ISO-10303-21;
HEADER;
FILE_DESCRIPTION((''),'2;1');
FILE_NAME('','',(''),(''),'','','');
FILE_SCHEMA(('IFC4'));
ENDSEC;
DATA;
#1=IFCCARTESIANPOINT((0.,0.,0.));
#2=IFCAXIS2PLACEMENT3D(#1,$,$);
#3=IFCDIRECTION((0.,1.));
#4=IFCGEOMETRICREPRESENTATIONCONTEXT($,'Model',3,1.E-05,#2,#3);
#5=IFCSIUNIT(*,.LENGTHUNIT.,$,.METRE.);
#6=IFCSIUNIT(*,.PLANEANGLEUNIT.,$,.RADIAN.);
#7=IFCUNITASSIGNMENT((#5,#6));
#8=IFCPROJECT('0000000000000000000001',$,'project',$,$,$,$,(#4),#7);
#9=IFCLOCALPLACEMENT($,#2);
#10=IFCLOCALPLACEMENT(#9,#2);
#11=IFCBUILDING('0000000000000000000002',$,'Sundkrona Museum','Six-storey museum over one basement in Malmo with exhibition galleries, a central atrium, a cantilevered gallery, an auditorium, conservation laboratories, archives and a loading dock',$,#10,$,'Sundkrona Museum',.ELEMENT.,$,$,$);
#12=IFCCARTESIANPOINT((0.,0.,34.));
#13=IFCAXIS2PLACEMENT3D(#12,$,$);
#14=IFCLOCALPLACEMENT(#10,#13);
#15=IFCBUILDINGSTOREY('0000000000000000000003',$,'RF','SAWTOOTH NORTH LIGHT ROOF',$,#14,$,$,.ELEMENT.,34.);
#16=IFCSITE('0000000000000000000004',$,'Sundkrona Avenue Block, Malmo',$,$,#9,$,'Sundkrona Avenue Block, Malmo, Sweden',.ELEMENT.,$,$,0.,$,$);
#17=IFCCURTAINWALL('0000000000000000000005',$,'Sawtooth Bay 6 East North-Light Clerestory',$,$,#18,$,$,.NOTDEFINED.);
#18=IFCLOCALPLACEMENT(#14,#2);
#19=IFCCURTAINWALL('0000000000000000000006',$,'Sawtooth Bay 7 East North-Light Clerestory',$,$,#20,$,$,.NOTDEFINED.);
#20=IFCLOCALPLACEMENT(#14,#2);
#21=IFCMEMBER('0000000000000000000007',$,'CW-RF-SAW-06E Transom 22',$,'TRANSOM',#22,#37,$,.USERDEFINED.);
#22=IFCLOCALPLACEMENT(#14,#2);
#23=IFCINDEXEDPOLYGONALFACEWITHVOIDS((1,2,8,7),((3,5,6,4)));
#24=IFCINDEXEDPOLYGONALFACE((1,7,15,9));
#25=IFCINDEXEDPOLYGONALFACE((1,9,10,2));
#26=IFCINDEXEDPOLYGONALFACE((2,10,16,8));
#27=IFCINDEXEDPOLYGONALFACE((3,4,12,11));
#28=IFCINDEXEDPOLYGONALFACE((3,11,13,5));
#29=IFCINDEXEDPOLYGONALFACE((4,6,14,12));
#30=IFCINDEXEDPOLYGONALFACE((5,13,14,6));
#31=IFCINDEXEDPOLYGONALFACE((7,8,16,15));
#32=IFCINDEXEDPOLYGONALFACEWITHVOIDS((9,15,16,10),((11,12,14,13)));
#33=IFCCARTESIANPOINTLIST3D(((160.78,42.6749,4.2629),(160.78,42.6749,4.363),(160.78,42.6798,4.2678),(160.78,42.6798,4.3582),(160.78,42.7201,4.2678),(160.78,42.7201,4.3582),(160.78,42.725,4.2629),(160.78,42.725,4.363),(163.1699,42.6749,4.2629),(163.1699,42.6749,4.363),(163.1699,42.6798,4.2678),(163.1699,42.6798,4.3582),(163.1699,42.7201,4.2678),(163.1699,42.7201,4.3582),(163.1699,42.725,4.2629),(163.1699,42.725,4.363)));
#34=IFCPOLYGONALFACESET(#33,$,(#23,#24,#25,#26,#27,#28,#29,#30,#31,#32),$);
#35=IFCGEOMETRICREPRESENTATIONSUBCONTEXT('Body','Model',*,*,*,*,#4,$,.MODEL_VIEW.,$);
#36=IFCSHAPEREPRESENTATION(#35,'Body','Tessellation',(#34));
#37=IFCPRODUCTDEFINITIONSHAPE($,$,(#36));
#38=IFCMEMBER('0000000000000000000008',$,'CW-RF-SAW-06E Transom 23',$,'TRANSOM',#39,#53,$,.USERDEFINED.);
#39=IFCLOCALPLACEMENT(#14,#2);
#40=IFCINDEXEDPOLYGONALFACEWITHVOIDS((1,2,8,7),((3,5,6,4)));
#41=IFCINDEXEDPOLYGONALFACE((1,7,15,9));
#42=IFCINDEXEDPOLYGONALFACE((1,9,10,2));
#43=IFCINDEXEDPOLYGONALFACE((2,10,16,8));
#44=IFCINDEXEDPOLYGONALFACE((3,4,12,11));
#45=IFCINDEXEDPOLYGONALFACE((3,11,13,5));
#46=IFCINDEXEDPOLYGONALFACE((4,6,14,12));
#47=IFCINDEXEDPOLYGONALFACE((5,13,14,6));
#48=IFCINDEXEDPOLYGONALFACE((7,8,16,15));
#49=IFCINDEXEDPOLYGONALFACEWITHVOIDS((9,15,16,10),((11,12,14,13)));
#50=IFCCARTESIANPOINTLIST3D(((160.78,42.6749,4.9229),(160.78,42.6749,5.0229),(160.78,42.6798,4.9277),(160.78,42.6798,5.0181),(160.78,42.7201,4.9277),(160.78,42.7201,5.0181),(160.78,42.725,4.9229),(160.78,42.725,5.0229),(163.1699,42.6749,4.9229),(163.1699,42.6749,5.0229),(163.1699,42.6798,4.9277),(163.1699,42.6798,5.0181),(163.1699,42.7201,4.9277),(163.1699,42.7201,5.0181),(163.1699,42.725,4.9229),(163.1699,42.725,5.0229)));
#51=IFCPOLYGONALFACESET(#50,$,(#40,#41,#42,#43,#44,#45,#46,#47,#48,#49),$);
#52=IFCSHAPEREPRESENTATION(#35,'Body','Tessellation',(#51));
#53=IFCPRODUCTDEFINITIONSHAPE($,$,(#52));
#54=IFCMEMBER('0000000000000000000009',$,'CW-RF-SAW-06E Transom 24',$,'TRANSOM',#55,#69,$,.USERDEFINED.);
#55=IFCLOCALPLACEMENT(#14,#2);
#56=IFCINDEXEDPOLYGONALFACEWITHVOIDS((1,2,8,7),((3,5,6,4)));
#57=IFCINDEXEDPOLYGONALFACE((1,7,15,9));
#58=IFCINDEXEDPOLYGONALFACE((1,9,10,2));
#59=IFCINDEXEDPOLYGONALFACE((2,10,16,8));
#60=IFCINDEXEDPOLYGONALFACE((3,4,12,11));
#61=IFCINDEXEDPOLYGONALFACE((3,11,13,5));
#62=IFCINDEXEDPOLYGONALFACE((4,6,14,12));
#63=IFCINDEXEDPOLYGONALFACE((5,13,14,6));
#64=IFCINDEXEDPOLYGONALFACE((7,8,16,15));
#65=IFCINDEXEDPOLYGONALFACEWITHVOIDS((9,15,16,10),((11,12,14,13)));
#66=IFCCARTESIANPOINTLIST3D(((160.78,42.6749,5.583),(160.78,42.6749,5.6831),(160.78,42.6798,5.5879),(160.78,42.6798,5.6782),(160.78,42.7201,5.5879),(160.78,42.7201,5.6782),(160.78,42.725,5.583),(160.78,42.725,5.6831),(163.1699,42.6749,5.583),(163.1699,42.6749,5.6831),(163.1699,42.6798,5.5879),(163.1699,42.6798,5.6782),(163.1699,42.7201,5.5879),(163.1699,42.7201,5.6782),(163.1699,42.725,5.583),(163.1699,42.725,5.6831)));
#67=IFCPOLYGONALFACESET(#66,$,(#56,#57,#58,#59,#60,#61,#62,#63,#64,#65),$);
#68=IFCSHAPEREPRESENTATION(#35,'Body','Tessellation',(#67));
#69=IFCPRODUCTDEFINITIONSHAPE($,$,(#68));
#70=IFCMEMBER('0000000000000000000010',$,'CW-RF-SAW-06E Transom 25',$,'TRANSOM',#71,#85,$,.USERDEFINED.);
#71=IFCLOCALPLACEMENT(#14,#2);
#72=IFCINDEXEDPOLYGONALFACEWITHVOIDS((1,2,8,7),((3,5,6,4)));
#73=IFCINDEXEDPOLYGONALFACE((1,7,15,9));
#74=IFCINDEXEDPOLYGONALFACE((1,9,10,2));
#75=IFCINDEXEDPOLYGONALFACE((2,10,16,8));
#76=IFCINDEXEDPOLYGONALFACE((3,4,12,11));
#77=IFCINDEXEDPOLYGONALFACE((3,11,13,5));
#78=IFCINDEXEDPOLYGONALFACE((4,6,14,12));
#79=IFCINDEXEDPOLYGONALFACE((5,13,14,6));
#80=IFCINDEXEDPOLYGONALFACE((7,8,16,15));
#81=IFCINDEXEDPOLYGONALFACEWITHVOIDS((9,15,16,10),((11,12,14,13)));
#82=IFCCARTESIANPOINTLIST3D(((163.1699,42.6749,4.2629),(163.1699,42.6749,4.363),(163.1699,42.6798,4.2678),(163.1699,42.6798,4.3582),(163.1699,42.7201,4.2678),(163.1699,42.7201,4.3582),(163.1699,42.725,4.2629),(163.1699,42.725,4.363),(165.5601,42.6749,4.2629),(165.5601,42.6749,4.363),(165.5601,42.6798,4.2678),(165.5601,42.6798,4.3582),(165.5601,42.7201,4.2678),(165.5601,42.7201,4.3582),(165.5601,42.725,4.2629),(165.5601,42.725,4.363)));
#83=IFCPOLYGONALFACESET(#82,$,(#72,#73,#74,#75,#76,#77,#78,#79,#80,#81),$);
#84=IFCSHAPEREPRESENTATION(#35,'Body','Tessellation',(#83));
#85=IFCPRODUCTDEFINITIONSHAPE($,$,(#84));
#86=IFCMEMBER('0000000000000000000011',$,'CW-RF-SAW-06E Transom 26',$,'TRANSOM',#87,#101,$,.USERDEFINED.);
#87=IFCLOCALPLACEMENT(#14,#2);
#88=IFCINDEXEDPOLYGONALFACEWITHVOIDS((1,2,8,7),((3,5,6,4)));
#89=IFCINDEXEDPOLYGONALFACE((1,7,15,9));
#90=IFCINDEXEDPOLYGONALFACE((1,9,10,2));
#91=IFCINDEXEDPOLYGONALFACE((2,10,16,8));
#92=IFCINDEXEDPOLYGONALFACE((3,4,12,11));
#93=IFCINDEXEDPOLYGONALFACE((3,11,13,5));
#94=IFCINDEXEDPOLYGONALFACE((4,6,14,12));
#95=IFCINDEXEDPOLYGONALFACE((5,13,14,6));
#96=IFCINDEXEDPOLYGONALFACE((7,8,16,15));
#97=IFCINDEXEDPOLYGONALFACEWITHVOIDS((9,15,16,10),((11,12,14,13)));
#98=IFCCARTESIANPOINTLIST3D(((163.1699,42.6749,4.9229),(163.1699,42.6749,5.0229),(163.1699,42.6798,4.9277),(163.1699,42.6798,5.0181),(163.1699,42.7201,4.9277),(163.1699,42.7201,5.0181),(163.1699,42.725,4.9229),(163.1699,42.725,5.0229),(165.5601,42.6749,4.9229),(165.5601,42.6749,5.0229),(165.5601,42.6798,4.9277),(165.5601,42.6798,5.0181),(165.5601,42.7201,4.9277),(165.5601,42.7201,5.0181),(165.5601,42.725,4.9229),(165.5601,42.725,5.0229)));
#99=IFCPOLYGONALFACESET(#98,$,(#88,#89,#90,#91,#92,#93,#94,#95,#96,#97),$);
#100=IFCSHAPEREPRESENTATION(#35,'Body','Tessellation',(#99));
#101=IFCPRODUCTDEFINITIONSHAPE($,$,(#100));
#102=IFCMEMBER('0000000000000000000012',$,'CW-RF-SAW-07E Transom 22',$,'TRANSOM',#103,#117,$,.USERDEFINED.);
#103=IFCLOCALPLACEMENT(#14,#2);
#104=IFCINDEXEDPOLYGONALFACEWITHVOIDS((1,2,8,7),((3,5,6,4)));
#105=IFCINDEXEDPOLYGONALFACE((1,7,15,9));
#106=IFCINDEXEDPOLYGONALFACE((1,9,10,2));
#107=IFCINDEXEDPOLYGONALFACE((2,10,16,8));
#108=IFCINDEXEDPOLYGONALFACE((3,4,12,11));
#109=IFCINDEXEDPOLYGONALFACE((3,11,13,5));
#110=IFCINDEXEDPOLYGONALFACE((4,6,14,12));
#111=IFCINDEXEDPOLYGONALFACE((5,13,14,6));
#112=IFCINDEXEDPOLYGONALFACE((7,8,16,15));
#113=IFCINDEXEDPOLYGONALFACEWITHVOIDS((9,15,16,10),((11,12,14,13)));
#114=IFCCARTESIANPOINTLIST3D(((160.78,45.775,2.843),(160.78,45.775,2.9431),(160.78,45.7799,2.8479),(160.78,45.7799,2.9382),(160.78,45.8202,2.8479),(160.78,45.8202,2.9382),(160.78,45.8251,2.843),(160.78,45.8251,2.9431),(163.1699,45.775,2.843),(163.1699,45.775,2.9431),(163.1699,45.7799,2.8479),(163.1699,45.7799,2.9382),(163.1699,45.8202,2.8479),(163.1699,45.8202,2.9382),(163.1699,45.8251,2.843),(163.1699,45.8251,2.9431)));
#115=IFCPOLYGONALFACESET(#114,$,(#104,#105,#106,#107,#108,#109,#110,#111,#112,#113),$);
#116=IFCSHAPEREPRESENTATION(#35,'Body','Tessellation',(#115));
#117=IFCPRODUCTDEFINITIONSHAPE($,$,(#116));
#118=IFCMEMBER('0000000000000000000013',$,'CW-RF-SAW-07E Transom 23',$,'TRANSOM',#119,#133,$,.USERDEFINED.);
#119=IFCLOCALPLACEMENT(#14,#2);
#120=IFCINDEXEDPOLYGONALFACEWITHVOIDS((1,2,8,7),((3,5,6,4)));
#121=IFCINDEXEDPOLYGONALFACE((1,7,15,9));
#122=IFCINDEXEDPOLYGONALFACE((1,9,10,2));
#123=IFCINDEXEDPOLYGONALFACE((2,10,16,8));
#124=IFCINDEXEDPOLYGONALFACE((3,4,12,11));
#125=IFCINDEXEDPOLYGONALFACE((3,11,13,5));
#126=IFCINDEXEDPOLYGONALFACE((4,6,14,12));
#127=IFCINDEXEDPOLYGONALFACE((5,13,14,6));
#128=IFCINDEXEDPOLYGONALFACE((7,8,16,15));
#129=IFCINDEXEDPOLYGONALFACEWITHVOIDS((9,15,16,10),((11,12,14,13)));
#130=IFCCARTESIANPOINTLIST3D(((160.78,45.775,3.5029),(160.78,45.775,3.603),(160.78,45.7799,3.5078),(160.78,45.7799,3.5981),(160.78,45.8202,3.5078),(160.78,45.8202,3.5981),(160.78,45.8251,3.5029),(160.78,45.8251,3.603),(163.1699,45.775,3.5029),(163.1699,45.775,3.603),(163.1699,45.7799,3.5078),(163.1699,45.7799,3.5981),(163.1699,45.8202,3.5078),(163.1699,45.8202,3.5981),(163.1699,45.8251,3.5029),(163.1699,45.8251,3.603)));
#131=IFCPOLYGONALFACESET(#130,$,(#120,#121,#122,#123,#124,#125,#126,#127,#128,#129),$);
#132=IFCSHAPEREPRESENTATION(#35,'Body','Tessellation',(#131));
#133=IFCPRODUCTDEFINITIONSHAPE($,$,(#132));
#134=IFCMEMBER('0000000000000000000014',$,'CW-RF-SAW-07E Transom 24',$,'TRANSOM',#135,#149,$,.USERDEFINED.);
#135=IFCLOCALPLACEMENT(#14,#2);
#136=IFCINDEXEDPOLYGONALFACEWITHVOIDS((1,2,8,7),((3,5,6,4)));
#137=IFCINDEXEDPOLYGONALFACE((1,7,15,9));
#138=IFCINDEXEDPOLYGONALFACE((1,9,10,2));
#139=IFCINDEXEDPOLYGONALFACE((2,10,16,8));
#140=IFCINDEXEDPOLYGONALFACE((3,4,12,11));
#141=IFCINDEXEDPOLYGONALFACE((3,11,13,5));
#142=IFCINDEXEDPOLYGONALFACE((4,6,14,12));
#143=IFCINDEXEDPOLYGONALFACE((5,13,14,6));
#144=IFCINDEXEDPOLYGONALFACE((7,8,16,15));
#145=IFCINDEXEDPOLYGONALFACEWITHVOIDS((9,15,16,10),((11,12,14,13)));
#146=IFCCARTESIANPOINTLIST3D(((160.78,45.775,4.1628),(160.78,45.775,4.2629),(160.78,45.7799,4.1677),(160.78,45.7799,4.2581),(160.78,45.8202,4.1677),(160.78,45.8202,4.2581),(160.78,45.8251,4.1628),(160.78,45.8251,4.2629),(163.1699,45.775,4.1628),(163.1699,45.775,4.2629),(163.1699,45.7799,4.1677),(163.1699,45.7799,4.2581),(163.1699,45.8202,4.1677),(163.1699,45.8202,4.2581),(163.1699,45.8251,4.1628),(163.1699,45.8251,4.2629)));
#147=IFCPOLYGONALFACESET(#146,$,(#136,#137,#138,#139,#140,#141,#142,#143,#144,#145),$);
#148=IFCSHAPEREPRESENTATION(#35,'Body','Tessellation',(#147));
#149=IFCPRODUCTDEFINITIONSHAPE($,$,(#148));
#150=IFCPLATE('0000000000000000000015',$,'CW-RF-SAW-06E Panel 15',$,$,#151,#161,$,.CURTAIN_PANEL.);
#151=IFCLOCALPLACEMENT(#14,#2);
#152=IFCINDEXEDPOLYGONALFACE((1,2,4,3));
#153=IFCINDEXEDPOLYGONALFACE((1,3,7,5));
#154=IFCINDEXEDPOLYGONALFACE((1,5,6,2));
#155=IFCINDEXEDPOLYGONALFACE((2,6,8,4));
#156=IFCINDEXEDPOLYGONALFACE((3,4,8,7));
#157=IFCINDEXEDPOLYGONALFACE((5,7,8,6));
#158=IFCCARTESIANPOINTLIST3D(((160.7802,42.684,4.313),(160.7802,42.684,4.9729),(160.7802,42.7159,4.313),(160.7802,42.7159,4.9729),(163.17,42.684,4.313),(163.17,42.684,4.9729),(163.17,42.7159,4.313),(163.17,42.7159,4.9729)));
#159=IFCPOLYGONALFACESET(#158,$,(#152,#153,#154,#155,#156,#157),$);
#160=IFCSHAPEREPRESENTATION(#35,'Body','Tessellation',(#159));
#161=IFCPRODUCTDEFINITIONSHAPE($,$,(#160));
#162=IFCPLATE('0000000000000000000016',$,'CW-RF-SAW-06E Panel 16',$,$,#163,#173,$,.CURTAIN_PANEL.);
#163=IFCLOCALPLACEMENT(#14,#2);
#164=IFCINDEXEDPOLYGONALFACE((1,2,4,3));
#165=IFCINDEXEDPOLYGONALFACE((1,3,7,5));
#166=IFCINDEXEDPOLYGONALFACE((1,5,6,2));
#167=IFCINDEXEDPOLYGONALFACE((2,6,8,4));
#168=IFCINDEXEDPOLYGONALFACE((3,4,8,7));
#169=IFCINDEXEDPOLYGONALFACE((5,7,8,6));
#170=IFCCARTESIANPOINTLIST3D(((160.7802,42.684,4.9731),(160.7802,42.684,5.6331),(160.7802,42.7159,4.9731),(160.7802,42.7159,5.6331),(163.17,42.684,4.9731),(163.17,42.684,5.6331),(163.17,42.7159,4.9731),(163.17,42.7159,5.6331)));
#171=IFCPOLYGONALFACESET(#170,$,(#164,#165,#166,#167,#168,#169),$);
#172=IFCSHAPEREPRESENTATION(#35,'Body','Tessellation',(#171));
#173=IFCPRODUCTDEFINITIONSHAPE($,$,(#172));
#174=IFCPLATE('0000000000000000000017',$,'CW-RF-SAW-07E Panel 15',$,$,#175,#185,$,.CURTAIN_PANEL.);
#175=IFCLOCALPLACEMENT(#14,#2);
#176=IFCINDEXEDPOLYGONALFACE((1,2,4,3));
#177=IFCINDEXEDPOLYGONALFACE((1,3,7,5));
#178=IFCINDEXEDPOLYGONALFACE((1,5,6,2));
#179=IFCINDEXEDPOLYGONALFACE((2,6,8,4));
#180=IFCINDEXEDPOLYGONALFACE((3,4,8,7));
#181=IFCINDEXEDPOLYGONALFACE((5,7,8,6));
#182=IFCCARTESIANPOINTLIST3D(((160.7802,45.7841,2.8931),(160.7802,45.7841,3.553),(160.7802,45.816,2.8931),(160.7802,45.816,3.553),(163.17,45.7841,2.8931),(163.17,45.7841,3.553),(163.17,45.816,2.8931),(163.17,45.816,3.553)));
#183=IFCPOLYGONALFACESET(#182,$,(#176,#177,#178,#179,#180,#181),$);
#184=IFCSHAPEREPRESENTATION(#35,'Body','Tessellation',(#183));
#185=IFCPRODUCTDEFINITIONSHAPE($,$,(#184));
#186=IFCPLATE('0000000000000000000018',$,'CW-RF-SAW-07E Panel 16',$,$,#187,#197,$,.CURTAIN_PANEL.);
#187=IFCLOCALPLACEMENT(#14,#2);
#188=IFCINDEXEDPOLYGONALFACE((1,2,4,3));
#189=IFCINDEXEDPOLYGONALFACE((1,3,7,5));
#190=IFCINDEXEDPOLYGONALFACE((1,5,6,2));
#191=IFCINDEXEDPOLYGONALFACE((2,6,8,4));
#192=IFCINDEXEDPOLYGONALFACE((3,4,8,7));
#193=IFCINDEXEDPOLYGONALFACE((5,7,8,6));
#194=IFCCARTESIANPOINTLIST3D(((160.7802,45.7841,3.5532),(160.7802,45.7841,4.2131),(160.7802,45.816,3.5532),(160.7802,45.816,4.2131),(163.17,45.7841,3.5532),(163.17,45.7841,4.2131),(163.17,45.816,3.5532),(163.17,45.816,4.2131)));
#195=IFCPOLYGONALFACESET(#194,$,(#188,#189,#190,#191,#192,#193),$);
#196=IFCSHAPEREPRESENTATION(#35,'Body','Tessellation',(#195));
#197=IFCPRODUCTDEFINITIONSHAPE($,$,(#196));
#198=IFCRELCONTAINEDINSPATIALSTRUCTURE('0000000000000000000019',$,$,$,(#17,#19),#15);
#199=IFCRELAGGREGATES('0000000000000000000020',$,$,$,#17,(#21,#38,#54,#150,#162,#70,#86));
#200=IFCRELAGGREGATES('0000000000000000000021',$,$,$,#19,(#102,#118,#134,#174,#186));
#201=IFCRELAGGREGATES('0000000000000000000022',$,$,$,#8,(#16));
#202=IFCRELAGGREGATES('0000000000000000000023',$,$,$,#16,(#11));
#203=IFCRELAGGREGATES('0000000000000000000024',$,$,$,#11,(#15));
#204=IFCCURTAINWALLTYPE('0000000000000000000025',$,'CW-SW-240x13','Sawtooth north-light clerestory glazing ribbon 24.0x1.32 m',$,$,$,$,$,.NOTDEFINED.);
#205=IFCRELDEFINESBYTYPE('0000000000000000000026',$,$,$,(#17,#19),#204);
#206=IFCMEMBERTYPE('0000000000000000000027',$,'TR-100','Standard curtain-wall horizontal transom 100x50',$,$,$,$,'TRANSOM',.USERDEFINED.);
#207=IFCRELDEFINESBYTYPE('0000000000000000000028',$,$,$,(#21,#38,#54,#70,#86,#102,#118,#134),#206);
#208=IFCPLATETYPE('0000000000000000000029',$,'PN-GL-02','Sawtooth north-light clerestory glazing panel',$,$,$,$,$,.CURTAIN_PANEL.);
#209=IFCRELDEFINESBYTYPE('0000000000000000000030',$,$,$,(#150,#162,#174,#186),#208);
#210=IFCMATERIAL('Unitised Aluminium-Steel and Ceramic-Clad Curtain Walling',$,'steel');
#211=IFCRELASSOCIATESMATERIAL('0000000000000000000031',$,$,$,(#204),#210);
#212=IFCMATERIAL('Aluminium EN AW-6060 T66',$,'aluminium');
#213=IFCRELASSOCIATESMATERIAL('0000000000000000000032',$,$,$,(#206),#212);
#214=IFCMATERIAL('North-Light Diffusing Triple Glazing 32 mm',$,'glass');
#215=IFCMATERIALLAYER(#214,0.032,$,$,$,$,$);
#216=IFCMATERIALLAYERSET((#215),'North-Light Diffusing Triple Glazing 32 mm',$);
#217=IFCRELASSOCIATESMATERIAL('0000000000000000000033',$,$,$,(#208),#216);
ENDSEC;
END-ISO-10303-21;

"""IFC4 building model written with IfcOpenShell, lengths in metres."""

from ifc_helpers import new_model, si_unit, direction, frame, origin, origin_2d, place, context, subcontext, project, spatial, rectangle, hollow_rectangle, extrude, material, layer, layer_set, material_profile, profile_set, type_object, element, aggregate, save


model = new_model("IFC4")

# Units and contexts
model_context = context("Model", 3, precision=1e-05, world=origin(), true_north=direction((0.0, 1.0)))
body_context = subcontext(model_context, "Body", "Model", "MODEL_VIEW")
ifc_project = project(units=[si_unit("LENGTHUNIT", "METRE"), si_unit("PLANEANGLEUNIT", "RADIAN")], contexts=[model_context])

# Site, building, storey
site_placement = place(None, origin())
site = spatial("IfcSite", under=ifc_project, at=site_placement, Name="Sundkrona Avenue Block, Malmo", LongName="Sundkrona Avenue Block, Malmo, Sweden", CompositionType="ELEMENT", RefElevation=0.0)
building_placement = place(site_placement, origin())
building = spatial("IfcBuilding", under=site, at=building_placement, Name="Sundkrona Museum", Description="Six-storey museum over one basement in Malmo with exhibition galleries, a central atrium, a cantilevered gallery, an auditorium, conservation laboratories, archives and a loading dock", LongName="Sundkrona Museum", CompositionType="ELEMENT")
storey_placement = place(building_placement, frame((0.0, 0.0, 34.0)))
storey = spatial("IfcBuildingStorey", under=building, at=storey_placement, Name="RF", Description="SAWTOOTH NORTH LIGHT ROOF", CompositionType="ELEMENT", Elevation=34.0)

# Curtain wall
ifc_material_1 = material(Name="Unitised Aluminium-Steel and Ceramic-Clad Curtain Walling", Category="steel")
curtain_wall_type = type_object("IfcCurtainWallType", Name="CW-SW-240x13", Description="Sawtooth north-light clerestory glazing ribbon 24.0x1.32 m", PredefinedType="NOTDEFINED", material=ifc_material_1)
curtain_wall_1_placement = place(storey_placement, origin())
curtain_wall_1 = element("IfcCurtainWall", 1, at=curtain_wall_1_placement, inside=storey, type_object=curtain_wall_type, Name="Sawtooth Bay 6 East North-Light Clerestory", PredefinedType="NOTDEFINED")
ifc_material_2 = material(Name="Aluminium EN AW-6060 T66", Category="aluminium")

# Curtain wall
curtain_wall_2_placement = place(storey_placement, origin())
curtain_wall_2 = element("IfcCurtainWall", 2, at=curtain_wall_2_placement, inside=storey, type_object=curtain_wall_type, Name="Sawtooth Bay 7 East North-Light Clerestory", PredefinedType="NOTDEFINED")

# Members
ifc_material_profile_1 = material_profile(ifc_material_2, hollow_rectangle(XDim=0.05, YDim=0.1001, WallThickness=0.0049, at=origin_2d()), Name="RHS 100x50x5.0")
ifc_profile_set_1 = profile_set([ifc_material_profile_1], Name="Aluminium EN AW-6060 T66")
member_type_1 = type_object("IfcMemberType", Name="TR-100", Description="Standard curtain-wall horizontal transom 100x50", ElementType="TRANSOM", PredefinedType="USERDEFINED", material=ifc_profile_set_1)
member_1_placement = place(storey_placement, frame((160.78, 42.7, 4.313), z_axis=(1.0, 0.0, 0.0), x_axis=(0.0, 1.0, 0.0)))
member_1 = element("IfcMember", 3, at=member_1_placement, type_object=member_type_1, Name="CW-RF-SAW-06E Transom 22", ObjectType="TRANSOM", PredefinedType="USERDEFINED", context=body_context, shape_type="SweptSolid", body=[
    extrude(hollow_rectangle(XDim=0.05, YDim=0.1001, WallThickness=0.0049, at=origin_2d()), origin(), (0.0, 0.0, 1.0), 2.3899),
])
member_2_placement = place(storey_placement, frame((160.78, 42.7, 4.9729), z_axis=(1.0, 0.0, 0.0), x_axis=(0.0, 1.0, 0.0)))
member_2 = element("IfcMember", 4, at=member_2_placement, type_object=member_type_1, Name="CW-RF-SAW-06E Transom 23", ObjectType="TRANSOM", PredefinedType="USERDEFINED", context=body_context, shape_type="SweptSolid", body=[
    extrude(hollow_rectangle(XDim=0.05, YDim=0.1001, WallThickness=0.0049, at=origin_2d()), origin(), (0.0, 0.0, 1.0), 2.3899),
])
member_3_placement = place(storey_placement, frame((160.78, 42.7, 5.6331), z_axis=(1.0, 0.0, 0.0), x_axis=(0.0, 1.0, 0.0)))
member_3 = element("IfcMember", 5, at=member_3_placement, type_object=member_type_1, Name="CW-RF-SAW-06E Transom 24", ObjectType="TRANSOM", PredefinedType="USERDEFINED", context=body_context, shape_type="SweptSolid", body=[
    extrude(hollow_rectangle(XDim=0.05, YDim=0.1001, WallThickness=0.0049, at=origin_2d()), origin(), (0.0, 0.0, 1.0), 2.3899),
])
member_4_placement = place(storey_placement, frame((163.1699, 42.7, 4.313), z_axis=(1.0, 0.0, 0.0), x_axis=(0.0, 1.0, 0.0)))
member_4 = element("IfcMember", 6, at=member_4_placement, type_object=member_type_1, Name="CW-RF-SAW-06E Transom 25", ObjectType="TRANSOM", PredefinedType="USERDEFINED", context=body_context, shape_type="SweptSolid", body=[
    extrude(hollow_rectangle(XDim=0.05, YDim=0.1001, WallThickness=0.0049, at=origin_2d()), origin(), (0.0, 0.0, 1.0), 2.3901),
])
member_5_placement = place(storey_placement, frame((163.1699, 42.7, 4.9729), z_axis=(1.0, 0.0, 0.0), x_axis=(0.0, 1.0, 0.0)))
member_5 = element("IfcMember", 7, at=member_5_placement, type_object=member_type_1, Name="CW-RF-SAW-06E Transom 26", ObjectType="TRANSOM", PredefinedType="USERDEFINED", context=body_context, shape_type="SweptSolid", body=[
    extrude(hollow_rectangle(XDim=0.05, YDim=0.1001, WallThickness=0.0049, at=origin_2d()), origin(), (0.0, 0.0, 1.0), 2.3901),
])
member_6_placement = place(storey_placement, frame((160.78, 45.8, 2.8931), z_axis=(1.0, 0.0, 0.0), x_axis=(0.0, 1.0, 0.0)))
member_6 = element("IfcMember", 8, at=member_6_placement, type_object=member_type_1, Name="CW-RF-SAW-07E Transom 22", ObjectType="TRANSOM", PredefinedType="USERDEFINED", context=body_context, shape_type="SweptSolid", body=[
    extrude(hollow_rectangle(XDim=0.05, YDim=0.1001, WallThickness=0.0049, at=origin_2d()), origin(), (0.0, 0.0, 1.0), 2.3899),
])
member_7_placement = place(storey_placement, frame((160.78, 45.8, 3.553), z_axis=(1.0, 0.0, 0.0), x_axis=(0.0, 1.0, 0.0)))
member_7 = element("IfcMember", 9, at=member_7_placement, type_object=member_type_1, Name="CW-RF-SAW-07E Transom 23", ObjectType="TRANSOM", PredefinedType="USERDEFINED", context=body_context, shape_type="SweptSolid", body=[
    extrude(hollow_rectangle(XDim=0.05, YDim=0.1001, WallThickness=0.0049, at=origin_2d()), origin(), (0.0, 0.0, 1.0), 2.3899),
])
member_8_placement = place(storey_placement, frame((160.78, 45.8, 4.2129), z_axis=(1.0, 0.0, 0.0), x_axis=(0.0, 1.0, 0.0)))
member_8 = element("IfcMember", 10, at=member_8_placement, type_object=member_type_1, Name="CW-RF-SAW-07E Transom 24", ObjectType="TRANSOM", PredefinedType="USERDEFINED", context=body_context, shape_type="SweptSolid", body=[
    extrude(hollow_rectangle(XDim=0.05, YDim=0.1001, WallThickness=0.0049, at=origin_2d()), origin(), (0.0, 0.0, 1.0), 2.3899),
])

# Plates
ifc_material_3 = material(Name="North-Light Diffusing Triple Glazing 32 mm", Category="glass")
ifc_layer = layer(ifc_material_3, 0.032)
ifc_layer_set = layer_set([ifc_layer], Name="North-Light Diffusing Triple Glazing 32 mm")
plate_type = type_object("IfcPlateType", Name="PN-GL-02", Description="Sawtooth north-light clerestory glazing panel", PredefinedType="CURTAIN_PANEL", material=ifc_layer_set)
plate_1_placement = place(storey_placement, frame((161.9751, 42.7, 4.313), z_axis=(0.0, 0.0, 1.0), x_axis=(1.0, 0.0, 0.0)))
plate_1 = element("IfcPlate", 11, at=plate_1_placement, type_object=plate_type, Name="CW-RF-SAW-06E Panel 15", PredefinedType="CURTAIN_PANEL", context=body_context, shape_type="SweptSolid", body=[
    extrude(rectangle(XDim=2.3899, YDim=0.032, at=origin_2d()), origin(), (0.0, 0.0, 1.0), 0.6599),
])
plate_2_placement = place(storey_placement, frame((161.9751, 42.7, 4.9731), z_axis=(0.0, 0.0, 1.0), x_axis=(1.0, 0.0, 0.0)))
plate_2 = element("IfcPlate", 12, at=plate_2_placement, type_object=plate_type, Name="CW-RF-SAW-06E Panel 16", PredefinedType="CURTAIN_PANEL", context=body_context, shape_type="SweptSolid", body=[
    extrude(rectangle(XDim=2.3899, YDim=0.032, at=origin_2d()), origin(), (0.0, 0.0, 1.0), 0.6599),
])
aggregate(curtain_wall_1, [member_1, member_2, member_3, plate_1, plate_2, member_4, member_5])
plate_3_placement = place(storey_placement, frame((161.9751, 45.8, 2.8931), z_axis=(0.0, 0.0, 1.0), x_axis=(1.0, 0.0, 0.0)))
plate_3 = element("IfcPlate", 13, at=plate_3_placement, type_object=plate_type, Name="CW-RF-SAW-07E Panel 15", PredefinedType="CURTAIN_PANEL", context=body_context, shape_type="SweptSolid", body=[
    extrude(rectangle(XDim=2.3899, YDim=0.032, at=origin_2d()), origin(), (0.0, 0.0, 1.0), 0.6599),
])
plate_4_placement = place(storey_placement, frame((161.9751, 45.8, 3.5532), z_axis=(0.0, 0.0, 1.0), x_axis=(1.0, 0.0, 0.0)))
plate_4 = element("IfcPlate", 14, at=plate_4_placement, type_object=plate_type, Name="CW-RF-SAW-07E Panel 16", PredefinedType="CURTAIN_PANEL", context=body_context, shape_type="SweptSolid", body=[
    extrude(rectangle(XDim=2.3899, YDim=0.032, at=origin_2d()), origin(), (0.0, 0.0, 1.0), 0.6599),
])
aggregate(curtain_wall_2, [member_6, member_7, member_8, plate_3, plate_4])

save(model, "model.ifc")
